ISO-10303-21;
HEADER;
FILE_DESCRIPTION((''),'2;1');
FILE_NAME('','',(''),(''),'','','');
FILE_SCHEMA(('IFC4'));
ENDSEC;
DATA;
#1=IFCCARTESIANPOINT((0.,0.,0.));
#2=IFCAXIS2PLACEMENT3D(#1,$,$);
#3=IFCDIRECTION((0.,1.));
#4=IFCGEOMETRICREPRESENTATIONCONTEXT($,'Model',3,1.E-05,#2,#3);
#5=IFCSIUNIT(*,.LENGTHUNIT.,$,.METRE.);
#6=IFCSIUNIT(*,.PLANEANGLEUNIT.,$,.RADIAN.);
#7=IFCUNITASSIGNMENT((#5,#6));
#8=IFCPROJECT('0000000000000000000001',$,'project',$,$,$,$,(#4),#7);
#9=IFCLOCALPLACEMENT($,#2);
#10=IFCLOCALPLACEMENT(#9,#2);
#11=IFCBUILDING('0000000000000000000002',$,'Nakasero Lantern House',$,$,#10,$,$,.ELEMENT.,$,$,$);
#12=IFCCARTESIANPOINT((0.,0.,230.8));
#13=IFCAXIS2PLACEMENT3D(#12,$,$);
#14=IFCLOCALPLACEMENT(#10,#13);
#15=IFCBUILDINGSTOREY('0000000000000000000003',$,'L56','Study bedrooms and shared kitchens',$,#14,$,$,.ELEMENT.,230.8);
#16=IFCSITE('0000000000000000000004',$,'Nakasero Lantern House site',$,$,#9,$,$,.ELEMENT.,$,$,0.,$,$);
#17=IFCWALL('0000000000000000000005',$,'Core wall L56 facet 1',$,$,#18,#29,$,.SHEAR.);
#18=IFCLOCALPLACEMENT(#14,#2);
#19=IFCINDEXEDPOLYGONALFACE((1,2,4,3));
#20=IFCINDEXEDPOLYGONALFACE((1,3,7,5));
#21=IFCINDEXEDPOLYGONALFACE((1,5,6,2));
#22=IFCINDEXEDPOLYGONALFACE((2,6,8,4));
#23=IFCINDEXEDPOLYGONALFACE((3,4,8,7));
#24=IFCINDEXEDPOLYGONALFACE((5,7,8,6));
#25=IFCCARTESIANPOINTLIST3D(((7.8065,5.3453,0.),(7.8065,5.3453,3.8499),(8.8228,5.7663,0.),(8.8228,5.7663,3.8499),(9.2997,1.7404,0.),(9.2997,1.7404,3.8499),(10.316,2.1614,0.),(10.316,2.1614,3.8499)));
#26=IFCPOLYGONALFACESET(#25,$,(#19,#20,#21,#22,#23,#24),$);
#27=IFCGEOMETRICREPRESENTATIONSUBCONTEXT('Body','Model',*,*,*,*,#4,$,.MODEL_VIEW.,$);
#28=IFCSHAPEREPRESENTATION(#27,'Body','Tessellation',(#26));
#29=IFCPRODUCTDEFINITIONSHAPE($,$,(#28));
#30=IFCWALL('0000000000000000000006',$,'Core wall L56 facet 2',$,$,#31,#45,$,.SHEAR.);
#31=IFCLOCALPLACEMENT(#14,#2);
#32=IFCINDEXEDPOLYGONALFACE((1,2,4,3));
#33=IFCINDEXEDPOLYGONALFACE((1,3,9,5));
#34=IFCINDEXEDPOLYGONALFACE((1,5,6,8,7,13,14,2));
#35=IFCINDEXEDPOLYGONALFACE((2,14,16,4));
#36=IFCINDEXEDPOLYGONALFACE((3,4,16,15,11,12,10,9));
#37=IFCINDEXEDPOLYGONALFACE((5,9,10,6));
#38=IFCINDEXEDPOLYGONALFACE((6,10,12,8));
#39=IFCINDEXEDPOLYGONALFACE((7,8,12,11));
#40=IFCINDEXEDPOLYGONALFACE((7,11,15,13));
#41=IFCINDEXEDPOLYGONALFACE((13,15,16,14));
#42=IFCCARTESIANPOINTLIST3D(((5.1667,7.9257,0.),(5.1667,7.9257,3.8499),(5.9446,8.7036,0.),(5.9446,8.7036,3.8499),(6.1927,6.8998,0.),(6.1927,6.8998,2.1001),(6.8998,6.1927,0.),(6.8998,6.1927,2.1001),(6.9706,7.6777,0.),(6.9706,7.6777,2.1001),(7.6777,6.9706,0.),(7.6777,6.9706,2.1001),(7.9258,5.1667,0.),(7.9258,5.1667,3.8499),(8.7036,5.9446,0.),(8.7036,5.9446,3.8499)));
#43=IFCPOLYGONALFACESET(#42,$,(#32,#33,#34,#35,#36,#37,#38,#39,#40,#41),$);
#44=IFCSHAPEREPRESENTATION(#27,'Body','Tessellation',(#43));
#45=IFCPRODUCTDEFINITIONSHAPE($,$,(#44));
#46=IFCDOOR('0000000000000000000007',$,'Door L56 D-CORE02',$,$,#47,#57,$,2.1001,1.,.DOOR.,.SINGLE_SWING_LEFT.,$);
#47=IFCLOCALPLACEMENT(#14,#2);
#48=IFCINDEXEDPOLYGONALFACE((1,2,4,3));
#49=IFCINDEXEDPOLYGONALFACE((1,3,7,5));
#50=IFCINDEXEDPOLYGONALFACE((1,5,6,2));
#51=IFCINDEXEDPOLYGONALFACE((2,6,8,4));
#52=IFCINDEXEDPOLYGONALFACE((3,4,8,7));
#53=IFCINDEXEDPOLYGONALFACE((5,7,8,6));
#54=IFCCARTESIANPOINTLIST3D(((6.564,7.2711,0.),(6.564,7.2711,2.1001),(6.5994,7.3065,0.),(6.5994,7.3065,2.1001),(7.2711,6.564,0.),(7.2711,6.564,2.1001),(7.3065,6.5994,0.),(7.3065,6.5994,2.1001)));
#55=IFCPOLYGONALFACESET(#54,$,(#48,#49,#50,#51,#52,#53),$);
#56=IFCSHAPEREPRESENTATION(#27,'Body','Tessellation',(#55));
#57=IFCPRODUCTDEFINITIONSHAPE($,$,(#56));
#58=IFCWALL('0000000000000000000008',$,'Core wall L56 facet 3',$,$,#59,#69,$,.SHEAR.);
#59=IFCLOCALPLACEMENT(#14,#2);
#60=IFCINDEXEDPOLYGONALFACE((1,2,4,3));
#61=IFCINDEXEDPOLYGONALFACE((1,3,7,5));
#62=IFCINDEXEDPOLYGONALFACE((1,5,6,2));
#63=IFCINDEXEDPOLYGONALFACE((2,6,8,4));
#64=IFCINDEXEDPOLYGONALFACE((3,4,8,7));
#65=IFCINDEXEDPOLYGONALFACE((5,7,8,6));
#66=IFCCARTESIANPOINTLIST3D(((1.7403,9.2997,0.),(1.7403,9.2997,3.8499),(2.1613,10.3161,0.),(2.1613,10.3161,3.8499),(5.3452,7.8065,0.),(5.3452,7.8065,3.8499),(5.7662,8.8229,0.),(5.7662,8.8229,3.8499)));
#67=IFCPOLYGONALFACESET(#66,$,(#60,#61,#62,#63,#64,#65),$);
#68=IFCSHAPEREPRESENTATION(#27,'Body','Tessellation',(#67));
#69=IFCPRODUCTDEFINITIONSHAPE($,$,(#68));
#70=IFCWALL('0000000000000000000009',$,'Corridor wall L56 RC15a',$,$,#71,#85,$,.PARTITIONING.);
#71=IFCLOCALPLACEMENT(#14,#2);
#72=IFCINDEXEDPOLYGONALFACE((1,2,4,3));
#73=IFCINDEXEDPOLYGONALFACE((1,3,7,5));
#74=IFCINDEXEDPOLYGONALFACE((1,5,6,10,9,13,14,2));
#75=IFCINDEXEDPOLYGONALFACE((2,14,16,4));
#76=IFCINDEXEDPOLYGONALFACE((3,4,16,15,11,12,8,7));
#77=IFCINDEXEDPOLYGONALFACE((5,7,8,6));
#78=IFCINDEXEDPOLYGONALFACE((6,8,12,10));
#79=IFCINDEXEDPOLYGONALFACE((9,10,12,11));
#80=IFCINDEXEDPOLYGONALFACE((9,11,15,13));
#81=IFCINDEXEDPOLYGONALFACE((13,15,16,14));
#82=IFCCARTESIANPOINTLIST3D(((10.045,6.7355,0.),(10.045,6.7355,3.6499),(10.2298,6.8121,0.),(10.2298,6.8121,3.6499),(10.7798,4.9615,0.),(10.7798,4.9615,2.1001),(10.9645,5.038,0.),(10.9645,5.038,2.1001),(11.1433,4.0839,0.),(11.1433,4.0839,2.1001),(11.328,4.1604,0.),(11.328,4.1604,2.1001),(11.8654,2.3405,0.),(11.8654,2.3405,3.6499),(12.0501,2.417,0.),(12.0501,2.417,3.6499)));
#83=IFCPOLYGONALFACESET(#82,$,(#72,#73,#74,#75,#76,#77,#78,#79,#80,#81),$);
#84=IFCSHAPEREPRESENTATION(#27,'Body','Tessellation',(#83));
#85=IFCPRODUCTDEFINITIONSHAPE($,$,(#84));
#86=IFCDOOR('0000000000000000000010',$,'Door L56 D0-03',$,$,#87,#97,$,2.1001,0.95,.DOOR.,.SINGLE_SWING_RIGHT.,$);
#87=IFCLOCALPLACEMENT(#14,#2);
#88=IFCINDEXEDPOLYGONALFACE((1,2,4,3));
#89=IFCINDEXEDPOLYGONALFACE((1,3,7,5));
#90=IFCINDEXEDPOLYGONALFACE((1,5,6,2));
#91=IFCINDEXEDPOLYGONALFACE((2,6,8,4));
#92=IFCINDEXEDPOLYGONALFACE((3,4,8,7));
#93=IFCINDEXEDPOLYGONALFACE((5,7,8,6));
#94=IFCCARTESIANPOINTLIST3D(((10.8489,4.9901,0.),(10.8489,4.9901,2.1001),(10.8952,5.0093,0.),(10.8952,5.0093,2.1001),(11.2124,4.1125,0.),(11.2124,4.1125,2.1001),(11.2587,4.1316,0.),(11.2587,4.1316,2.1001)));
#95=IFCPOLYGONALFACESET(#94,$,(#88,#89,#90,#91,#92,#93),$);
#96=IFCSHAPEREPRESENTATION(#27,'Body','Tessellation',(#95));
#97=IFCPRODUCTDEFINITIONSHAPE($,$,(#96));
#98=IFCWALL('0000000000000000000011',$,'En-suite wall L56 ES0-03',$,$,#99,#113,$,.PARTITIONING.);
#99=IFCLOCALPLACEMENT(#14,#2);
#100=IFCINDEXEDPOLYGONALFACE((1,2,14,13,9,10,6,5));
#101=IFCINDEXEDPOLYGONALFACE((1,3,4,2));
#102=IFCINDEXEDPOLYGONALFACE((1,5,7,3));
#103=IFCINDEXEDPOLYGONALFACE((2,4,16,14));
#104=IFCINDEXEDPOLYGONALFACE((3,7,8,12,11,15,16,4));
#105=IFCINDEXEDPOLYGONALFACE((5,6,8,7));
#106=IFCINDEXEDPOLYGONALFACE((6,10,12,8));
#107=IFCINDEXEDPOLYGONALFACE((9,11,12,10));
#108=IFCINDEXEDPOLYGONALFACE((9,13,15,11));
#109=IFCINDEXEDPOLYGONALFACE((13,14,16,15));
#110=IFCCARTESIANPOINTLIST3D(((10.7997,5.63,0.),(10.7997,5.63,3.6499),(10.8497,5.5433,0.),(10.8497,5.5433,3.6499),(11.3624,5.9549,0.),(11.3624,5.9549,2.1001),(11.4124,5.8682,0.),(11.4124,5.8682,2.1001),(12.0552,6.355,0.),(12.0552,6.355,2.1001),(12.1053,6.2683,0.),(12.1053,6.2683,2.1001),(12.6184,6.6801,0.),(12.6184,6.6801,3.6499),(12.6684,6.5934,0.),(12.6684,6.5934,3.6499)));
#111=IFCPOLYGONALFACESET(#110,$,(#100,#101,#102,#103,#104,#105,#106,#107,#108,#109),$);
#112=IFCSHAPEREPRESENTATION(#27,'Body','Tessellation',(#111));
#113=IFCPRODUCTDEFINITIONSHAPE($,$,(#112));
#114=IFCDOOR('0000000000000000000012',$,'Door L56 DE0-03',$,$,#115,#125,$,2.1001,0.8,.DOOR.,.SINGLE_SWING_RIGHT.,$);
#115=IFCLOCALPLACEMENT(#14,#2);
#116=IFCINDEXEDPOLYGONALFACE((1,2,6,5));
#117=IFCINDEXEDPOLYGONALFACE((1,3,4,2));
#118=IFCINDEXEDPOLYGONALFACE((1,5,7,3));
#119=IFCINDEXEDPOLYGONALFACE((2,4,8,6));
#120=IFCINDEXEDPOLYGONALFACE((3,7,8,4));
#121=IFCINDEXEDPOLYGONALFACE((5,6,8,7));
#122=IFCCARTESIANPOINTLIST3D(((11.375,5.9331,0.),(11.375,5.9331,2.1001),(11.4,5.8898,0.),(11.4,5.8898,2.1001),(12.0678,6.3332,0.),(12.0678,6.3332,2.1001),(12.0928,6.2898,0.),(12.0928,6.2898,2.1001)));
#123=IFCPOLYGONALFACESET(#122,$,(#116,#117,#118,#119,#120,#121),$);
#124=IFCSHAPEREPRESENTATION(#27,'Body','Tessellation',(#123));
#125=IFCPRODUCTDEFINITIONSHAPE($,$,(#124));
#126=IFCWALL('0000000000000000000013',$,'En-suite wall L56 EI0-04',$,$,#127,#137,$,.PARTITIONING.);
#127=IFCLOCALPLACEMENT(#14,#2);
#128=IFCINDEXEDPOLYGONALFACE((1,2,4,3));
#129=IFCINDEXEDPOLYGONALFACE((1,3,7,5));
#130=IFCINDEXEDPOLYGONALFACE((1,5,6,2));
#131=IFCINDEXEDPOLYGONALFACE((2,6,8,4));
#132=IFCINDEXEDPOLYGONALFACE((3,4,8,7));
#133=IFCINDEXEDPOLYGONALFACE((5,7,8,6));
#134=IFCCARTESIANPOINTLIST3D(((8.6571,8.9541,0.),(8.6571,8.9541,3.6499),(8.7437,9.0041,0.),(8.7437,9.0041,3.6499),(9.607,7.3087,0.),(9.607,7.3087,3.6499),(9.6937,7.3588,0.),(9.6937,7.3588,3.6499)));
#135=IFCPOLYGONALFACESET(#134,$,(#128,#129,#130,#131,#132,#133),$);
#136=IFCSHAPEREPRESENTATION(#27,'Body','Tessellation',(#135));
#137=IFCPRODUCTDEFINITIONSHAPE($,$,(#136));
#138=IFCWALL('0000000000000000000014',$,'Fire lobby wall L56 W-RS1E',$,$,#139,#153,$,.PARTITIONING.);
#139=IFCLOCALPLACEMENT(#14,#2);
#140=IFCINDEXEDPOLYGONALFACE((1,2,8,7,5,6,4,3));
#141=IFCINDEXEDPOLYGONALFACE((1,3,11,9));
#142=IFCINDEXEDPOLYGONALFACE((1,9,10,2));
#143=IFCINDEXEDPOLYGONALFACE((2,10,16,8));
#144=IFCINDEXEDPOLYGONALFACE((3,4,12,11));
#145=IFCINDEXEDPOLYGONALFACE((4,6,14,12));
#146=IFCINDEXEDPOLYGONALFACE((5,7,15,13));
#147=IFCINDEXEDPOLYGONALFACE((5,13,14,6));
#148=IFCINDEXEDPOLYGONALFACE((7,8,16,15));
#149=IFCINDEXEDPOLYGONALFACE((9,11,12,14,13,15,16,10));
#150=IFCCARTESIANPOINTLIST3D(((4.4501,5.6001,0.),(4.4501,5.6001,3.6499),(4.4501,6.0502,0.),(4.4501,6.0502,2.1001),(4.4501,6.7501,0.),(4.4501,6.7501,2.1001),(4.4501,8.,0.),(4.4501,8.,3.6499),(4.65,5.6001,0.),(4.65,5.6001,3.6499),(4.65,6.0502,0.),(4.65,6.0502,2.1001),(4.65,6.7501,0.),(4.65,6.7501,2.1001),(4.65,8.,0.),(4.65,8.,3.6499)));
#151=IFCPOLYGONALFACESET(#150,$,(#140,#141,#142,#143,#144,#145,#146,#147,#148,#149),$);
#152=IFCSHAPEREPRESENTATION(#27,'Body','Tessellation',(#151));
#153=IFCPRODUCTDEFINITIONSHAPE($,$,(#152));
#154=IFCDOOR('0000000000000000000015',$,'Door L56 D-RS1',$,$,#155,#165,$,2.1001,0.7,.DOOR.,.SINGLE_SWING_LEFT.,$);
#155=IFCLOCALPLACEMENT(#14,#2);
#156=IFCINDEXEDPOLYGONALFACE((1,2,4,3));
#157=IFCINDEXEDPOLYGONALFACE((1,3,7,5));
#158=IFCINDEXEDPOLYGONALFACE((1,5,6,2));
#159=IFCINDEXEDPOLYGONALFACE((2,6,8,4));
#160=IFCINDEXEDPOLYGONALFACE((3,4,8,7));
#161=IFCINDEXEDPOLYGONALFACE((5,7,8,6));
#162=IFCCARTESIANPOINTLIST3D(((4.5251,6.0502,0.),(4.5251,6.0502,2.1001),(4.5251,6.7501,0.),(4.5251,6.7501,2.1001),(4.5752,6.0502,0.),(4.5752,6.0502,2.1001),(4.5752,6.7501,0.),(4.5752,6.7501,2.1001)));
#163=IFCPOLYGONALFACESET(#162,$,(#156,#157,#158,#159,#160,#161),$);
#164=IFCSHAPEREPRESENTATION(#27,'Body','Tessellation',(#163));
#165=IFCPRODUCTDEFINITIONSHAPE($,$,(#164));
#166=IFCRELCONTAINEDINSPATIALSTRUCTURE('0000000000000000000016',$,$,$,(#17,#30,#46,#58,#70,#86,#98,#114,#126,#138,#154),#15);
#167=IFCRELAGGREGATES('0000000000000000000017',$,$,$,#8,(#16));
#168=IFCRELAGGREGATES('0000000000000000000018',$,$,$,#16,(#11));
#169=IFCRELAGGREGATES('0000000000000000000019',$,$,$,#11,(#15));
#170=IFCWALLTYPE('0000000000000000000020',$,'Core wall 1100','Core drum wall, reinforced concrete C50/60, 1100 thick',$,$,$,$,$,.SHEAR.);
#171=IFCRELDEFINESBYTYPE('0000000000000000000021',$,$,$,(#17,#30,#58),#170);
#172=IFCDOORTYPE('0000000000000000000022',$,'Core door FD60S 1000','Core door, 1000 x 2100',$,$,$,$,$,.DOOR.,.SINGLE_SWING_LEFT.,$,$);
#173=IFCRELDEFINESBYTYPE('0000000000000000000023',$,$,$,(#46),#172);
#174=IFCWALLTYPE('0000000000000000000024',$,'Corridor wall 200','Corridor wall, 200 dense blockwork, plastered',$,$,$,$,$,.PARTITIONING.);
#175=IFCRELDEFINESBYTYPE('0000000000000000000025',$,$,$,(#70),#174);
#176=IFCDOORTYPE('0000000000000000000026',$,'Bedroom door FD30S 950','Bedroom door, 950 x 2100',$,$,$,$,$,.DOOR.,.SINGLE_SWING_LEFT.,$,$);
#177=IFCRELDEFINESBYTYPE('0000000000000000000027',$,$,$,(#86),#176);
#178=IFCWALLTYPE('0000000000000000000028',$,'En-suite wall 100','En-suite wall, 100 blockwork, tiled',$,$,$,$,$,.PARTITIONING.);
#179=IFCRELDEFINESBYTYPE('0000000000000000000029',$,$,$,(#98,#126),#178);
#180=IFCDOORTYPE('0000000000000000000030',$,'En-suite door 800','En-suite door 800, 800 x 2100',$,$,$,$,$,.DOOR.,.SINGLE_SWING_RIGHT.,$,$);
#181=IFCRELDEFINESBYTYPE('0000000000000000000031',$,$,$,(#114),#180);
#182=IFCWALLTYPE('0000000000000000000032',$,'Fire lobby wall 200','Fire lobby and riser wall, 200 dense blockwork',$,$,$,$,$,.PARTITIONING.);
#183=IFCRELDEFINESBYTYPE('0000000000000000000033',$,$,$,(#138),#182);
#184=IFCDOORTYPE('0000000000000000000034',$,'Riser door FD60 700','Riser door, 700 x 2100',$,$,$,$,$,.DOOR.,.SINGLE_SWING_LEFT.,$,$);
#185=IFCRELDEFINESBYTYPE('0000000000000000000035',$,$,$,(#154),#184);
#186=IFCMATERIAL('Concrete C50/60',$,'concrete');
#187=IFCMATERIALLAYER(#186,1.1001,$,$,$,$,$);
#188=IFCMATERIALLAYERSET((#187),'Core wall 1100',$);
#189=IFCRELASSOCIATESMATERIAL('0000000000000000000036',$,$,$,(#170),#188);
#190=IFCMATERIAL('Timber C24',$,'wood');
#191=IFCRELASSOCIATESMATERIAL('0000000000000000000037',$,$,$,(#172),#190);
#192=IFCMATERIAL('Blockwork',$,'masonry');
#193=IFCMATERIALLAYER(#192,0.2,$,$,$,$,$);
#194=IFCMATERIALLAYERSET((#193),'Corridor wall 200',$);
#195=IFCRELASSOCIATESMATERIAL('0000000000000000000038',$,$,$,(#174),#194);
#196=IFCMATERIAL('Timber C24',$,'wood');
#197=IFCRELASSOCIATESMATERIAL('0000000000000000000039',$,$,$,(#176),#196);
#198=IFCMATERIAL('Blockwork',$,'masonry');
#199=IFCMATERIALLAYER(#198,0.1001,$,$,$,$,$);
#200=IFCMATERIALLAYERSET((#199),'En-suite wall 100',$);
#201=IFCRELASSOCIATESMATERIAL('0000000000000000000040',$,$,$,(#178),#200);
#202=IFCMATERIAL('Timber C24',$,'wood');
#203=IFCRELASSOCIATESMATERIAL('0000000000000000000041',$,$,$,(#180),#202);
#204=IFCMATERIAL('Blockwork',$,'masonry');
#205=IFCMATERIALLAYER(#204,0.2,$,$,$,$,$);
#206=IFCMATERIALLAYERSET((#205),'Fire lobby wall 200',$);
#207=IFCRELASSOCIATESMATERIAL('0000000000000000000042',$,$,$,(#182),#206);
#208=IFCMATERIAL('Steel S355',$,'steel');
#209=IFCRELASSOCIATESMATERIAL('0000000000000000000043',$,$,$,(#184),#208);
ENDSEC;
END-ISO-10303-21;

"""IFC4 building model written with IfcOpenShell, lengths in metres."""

from ifc_helpers import new_model, si_unit, direction, frame, frame_2d, origin, place, context, subcontext, project, spatial, rectangle, extrude, material, layer, layer_set, type_object, element, fill, save


model = new_model("IFC4")

# Units and contexts
model_context = context("Model", 3, precision=1e-05, world=origin(), true_north=direction((0.0, 1.0)))
body_context = subcontext(model_context, "Body", "Model", "MODEL_VIEW")
ifc_project = project(units=[si_unit("LENGTHUNIT", "METRE"), si_unit("PLANEANGLEUNIT", "RADIAN")], contexts=[model_context])

# Site, building, storey
site_placement = place(None, origin())
site = spatial("IfcSite", under=ifc_project, at=site_placement, Name="Nakasero Lantern House site", CompositionType="ELEMENT", RefElevation=0.0)
building_placement = place(site_placement, origin())
building = spatial("IfcBuilding", under=site, at=building_placement, Name="Nakasero Lantern House", CompositionType="ELEMENT")
storey_placement = place(building_placement, frame((0.0, 0.0, 230.8)))
storey = spatial("IfcBuildingStorey", under=building, at=storey_placement, Name="L56", Description="Study bedrooms and shared kitchens", CompositionType="ELEMENT", Elevation=230.8)

# Wall
ifc_material_1 = material(Name="Concrete C50/60", Category="concrete")
ifc_layer_1 = layer(ifc_material_1, 1.1001)
ifc_layer_set_1 = layer_set([ifc_layer_1], Name="Core wall 1100")
wall_type_1 = type_object("IfcWallType", Name="Core wall 1100", Description="Core drum wall, reinforced concrete C50/60, 1100 thick", PredefinedType="SHEAR", material=ifc_layer_set_1)
wall_1_placement = place(storey_placement, frame((9.8079, 1.9509, 0.0), z_axis=(0.0, 0.0, 1.0), x_axis=(-0.382691, 0.923877, 0.0)))
element("IfcWall", 1, at=wall_1_placement, inside=storey, type_object=wall_type_1, Name="Core wall L56 facet 1", PredefinedType="SHEAR", context=body_context, shape_type="SweptSolid", body=[
    extrude(rectangle(XDim=3.9019, YDim=1.1001, at=frame_2d((1.9509, 0.0))), origin(), (0.0, 0.0, 1.0), 3.8499),
])

# Wall, opening, door
wall_2_placement = place(storey_placement, frame((8.3147, 5.5557, 0.0), z_axis=(0.0, 0.0, 1.0), x_axis=(-0.707107, 0.707107, 0.0)))
wall_2 = element("IfcWall", 2, at=wall_2_placement, inside=storey, type_object=wall_type_1, Name="Core wall L56 facet 2", PredefinedType="SHEAR", context=body_context, shape_type="SweptSolid", body=[
    extrude(rectangle(XDim=3.9019, YDim=1.1001, at=frame_2d((1.9509, 0.0))), origin(), (0.0, 0.0, 1.0), 3.8499),
])
opening_1_placement = place(wall_2_placement, frame((1.4509, 0.0, 0.0)))
opening_1 = element("IfcOpeningElement", 3, at=opening_1_placement, cuts=wall_2, PredefinedType="OPENING", context=body_context, shape_type="SweptSolid", body=[
    extrude(rectangle(XDim=1.0, YDim=2.1001, at=frame_2d((0.5, 1.05))), frame((0.0, 0.5701, 0.0), z_axis=(0.0, -1.0, 0.0), x_axis=(1.0, 0.0, 0.0)), (0.0, 0.0, 1.0), 1.1401),
])
ifc_material_2 = material(Name="Timber C24", Category="wood")
door_type_1 = type_object("IfcDoorType", Name="Core door FD60S 1000", Description="Core door, 1000 x 2100", OperationType="SINGLE_SWING_LEFT", PredefinedType="DOOR", material=ifc_material_2)
door_1_placement = place(opening_1_placement, origin())
door_1 = element("IfcDoor", 4, at=door_1_placement, inside=storey, type_object=door_type_1, Name="Door L56 D-CORE02", OperationType="SINGLE_SWING_LEFT", OverallHeight=2.1001, OverallWidth=1.0, PredefinedType="DOOR", context=body_context, shape_type="SweptSolid", body=[
    extrude(rectangle(XDim=1.0, YDim=2.1001, at=frame_2d((0.5, 1.05))), frame((0.0, 0.0249, 0.0), z_axis=(0.0, -1.0, 0.0), x_axis=(1.0, 0.0, 0.0)), (0.0, 0.0, 1.0), 0.05),
])
fill(opening_1, door_1)

# Wall
wall_3_placement = place(storey_placement, frame((5.5557, 8.3147, 0.0), z_axis=(0.0, 0.0, 1.0), x_axis=(-0.923877, 0.382691, 0.0)))
element("IfcWall", 5, at=wall_3_placement, inside=storey, type_object=wall_type_1, Name="Core wall L56 facet 3", PredefinedType="SHEAR", context=body_context, shape_type="SweptSolid", body=[
    extrude(rectangle(XDim=3.9019, YDim=1.1001, at=frame_2d((1.9509, 0.0))), origin(), (0.0, 0.0, 1.0), 3.8499),
])

# Walls, openings, doors
ifc_material_3 = material(Name="Blockwork", Category="masonry")
ifc_layer_2 = layer(ifc_material_3, 0.2)
ifc_layer_set_2 = layer_set([ifc_layer_2], Name="Corridor wall 200")
wall_type_2 = type_object("IfcWallType", Name="Corridor wall 200", Description="Corridor wall, 200 dense blockwork, plastered", PredefinedType="PARTITIONING", material=ifc_layer_set_2)
wall_4_placement = place(storey_placement, frame((10.1375, 6.7737, 0.0), z_axis=(0.0, 0.0, 1.0), x_axis=(0.382654, -0.923892, 0.0)))
wall_4 = element("IfcWall", 6, at=wall_4_placement, inside=storey, type_object=wall_type_2, Name="Corridor wall L56 RC15a", PredefinedType="PARTITIONING", context=body_context, shape_type="SweptSolid", body=[
    extrude(rectangle(XDim=4.7571, YDim=0.2, at=frame_2d((2.3784, 0.0))), origin(), (0.0, 0.0, 1.0), 3.6499),
])
opening_2_placement = place(wall_4_placement, frame((1.9199, 0.0, 0.0)))
opening_2 = element("IfcOpeningElement", 7, at=opening_2_placement, cuts=wall_4, PredefinedType="OPENING", context=body_context, shape_type="SweptSolid", body=[
    extrude(rectangle(XDim=0.95, YDim=2.1001, at=frame_2d((0.4751, 1.05))), frame((0.0, 0.1199, 0.0), z_axis=(0.0, -1.0, 0.0), x_axis=(1.0, 0.0, 0.0)), (0.0, 0.0, 1.0), 0.24),
])
ifc_material_4 = material(Name="Timber C24", Category="wood")
door_type_2 = type_object("IfcDoorType", Name="Bedroom door FD30S 950", Description="Bedroom door, 950 x 2100", OperationType="SINGLE_SWING_LEFT", PredefinedType="DOOR", material=ifc_material_4)
door_2_placement = place(opening_2_placement, origin())
door_2 = element("IfcDoor", 8, at=door_2_placement, inside=storey, type_object=door_type_2, Name="Door L56 D0-03", OperationType="SINGLE_SWING_RIGHT", OverallHeight=2.1001, OverallWidth=0.95, PredefinedType="DOOR", context=body_context, shape_type="SweptSolid", body=[
    extrude(rectangle(XDim=0.95, YDim=2.1001, at=frame_2d((0.4751, 1.05))), frame((0.0, 0.0249, 0.0), z_axis=(0.0, -1.0, 0.0), x_axis=(1.0, 0.0, 0.0)), (0.0, 0.0, 1.0), 0.05),
])
fill(opening_2, door_2)
ifc_material_5 = material(Name="Blockwork", Category="masonry")
ifc_layer_3 = layer(ifc_material_5, 0.1001)
ifc_layer_set_3 = layer_set([ifc_layer_3], Name="En-suite wall 100")
wall_type_3 = type_object("IfcWallType", Name="En-suite wall 100", Description="En-suite wall, 100 blockwork, tiled", PredefinedType="PARTITIONING", material=ifc_layer_set_3)
wall_5_placement = place(storey_placement, frame((10.8247, 5.5867, 0.0), z_axis=(0.0, 0.0, 1.0), x_axis=(0.866009, 0.500028, 0.0)))
wall_5 = element("IfcWall", 9, at=wall_5_placement, inside=storey, type_object=wall_type_3, Name="En-suite wall L56 ES0-03", PredefinedType="PARTITIONING", context=body_context, shape_type="SweptSolid", body=[
    extrude(rectangle(XDim=2.1001, YDim=0.1001, at=frame_2d((1.05, 0.0))), origin(), (0.0, 0.0, 1.0), 3.6499),
])
opening_3_placement = place(wall_5_placement, frame((0.6499, 0.0, 0.0)))
opening_3 = element("IfcOpeningElement", 10, at=opening_3_placement, cuts=wall_5, PredefinedType="OPENING", context=body_context, shape_type="SweptSolid", body=[
    extrude(rectangle(XDim=0.8, YDim=2.1001, at=frame_2d((0.3999, 1.05))), frame((0.0, 0.0701, 0.0), z_axis=(0.0, -1.0, 0.0), x_axis=(1.0, 0.0, 0.0)), (0.0, 0.0, 1.0), 0.1401),
])
ifc_material_6 = material(Name="Timber C24", Category="wood")
door_type_3 = type_object("IfcDoorType", Name="En-suite door 800", Description="En-suite door 800, 800 x 2100", OperationType="SINGLE_SWING_RIGHT", PredefinedType="DOOR", material=ifc_material_6)
door_3_placement = place(opening_3_placement, origin())
door_3 = element("IfcDoor", 11, at=door_3_placement, inside=storey, type_object=door_type_3, Name="Door L56 DE0-03", OperationType="SINGLE_SWING_RIGHT", OverallHeight=2.1001, OverallWidth=0.8, PredefinedType="DOOR", context=body_context, shape_type="SweptSolid", body=[
    extrude(rectangle(XDim=0.8, YDim=2.1001, at=frame_2d((0.3999, 1.05))), frame((0.0, 0.0249, 0.0), z_axis=(0.0, -1.0, 0.0), x_axis=(1.0, 0.0, 0.0)), (0.0, 0.0, 1.0), 0.05),
])
fill(opening_3, door_3)

# Wall
wall_6_placement = place(storey_placement, frame((9.6504, 7.3337, 0.0), z_axis=(0.0, 0.0, 1.0), x_axis=(-0.500023, 0.866012, 0.0)))
element("IfcWall", 12, at=wall_6_placement, inside=storey, type_object=wall_type_3, Name="En-suite wall L56 EI0-04", PredefinedType="PARTITIONING", context=body_context, shape_type="SweptSolid", body=[
    extrude(rectangle(XDim=1.8999, YDim=0.1001, at=frame_2d((0.95, 0.0))), origin(), (0.0, 0.0, 1.0), 3.6499),
])

# Wall, opening, door
ifc_material_7 = material(Name="Blockwork", Category="masonry")
ifc_layer_4 = layer(ifc_material_7, 0.2)
ifc_layer_set_4 = layer_set([ifc_layer_4], Name="Fire lobby wall 200")
wall_type_4 = type_object("IfcWallType", Name="Fire lobby wall 200", Description="Fire lobby and riser wall, 200 dense blockwork", PredefinedType="PARTITIONING", material=ifc_layer_set_4)
wall_7_placement = place(storey_placement, frame((4.55, 5.6001, 0.0), z_axis=(0.0, 0.0, 1.0), x_axis=(0.0, 1.0, 0.0)))
wall_7 = element("IfcWall", 13, at=wall_7_placement, inside=storey, type_object=wall_type_4, Name="Fire lobby wall L56 W-RS1E", PredefinedType="PARTITIONING", context=body_context, shape_type="SweptSolid", body=[
    extrude(rectangle(XDim=2.3999, YDim=0.2, at=frame_2d((1.2, 0.0))), origin(), (0.0, 0.0, 1.0), 3.6499),
])
opening_4_placement = place(wall_7_placement, frame((0.45, 0.0, 0.0)))
opening_4 = element("IfcOpeningElement", 14, at=opening_4_placement, cuts=wall_7, PredefinedType="OPENING", context=body_context, shape_type="SweptSolid", body=[
    extrude(rectangle(XDim=0.7, YDim=2.1001, at=frame_2d((0.3501, 1.05))), frame((0.0, 0.1199, 0.0), z_axis=(0.0, -1.0, 0.0), x_axis=(1.0, 0.0, 0.0)), (0.0, 0.0, 1.0), 0.24),
])
ifc_material_8 = material(Name="Steel S355", Category="steel")
door_type_4 = type_object("IfcDoorType", Name="Riser door FD60 700", Description="Riser door, 700 x 2100", OperationType="SINGLE_SWING_LEFT", PredefinedType="DOOR", material=ifc_material_8)
door_4_placement = place(opening_4_placement, origin())
door_4 = element("IfcDoor", 15, at=door_4_placement, inside=storey, type_object=door_type_4, Name="Door L56 D-RS1", OperationType="SINGLE_SWING_LEFT", OverallHeight=2.1001, OverallWidth=0.7, PredefinedType="DOOR", context=body_context, shape_type="SweptSolid", body=[
    extrude(rectangle(XDim=0.7, YDim=2.1001, at=frame_2d((0.3501, 1.05))), frame((0.0, 0.0249, 0.0), z_axis=(0.0, -1.0, 0.0), x_axis=(1.0, 0.0, 0.0)), (0.0, 0.0, 1.0), 0.05),
])
fill(opening_4, door_4)

save(model, "model.ifc")
